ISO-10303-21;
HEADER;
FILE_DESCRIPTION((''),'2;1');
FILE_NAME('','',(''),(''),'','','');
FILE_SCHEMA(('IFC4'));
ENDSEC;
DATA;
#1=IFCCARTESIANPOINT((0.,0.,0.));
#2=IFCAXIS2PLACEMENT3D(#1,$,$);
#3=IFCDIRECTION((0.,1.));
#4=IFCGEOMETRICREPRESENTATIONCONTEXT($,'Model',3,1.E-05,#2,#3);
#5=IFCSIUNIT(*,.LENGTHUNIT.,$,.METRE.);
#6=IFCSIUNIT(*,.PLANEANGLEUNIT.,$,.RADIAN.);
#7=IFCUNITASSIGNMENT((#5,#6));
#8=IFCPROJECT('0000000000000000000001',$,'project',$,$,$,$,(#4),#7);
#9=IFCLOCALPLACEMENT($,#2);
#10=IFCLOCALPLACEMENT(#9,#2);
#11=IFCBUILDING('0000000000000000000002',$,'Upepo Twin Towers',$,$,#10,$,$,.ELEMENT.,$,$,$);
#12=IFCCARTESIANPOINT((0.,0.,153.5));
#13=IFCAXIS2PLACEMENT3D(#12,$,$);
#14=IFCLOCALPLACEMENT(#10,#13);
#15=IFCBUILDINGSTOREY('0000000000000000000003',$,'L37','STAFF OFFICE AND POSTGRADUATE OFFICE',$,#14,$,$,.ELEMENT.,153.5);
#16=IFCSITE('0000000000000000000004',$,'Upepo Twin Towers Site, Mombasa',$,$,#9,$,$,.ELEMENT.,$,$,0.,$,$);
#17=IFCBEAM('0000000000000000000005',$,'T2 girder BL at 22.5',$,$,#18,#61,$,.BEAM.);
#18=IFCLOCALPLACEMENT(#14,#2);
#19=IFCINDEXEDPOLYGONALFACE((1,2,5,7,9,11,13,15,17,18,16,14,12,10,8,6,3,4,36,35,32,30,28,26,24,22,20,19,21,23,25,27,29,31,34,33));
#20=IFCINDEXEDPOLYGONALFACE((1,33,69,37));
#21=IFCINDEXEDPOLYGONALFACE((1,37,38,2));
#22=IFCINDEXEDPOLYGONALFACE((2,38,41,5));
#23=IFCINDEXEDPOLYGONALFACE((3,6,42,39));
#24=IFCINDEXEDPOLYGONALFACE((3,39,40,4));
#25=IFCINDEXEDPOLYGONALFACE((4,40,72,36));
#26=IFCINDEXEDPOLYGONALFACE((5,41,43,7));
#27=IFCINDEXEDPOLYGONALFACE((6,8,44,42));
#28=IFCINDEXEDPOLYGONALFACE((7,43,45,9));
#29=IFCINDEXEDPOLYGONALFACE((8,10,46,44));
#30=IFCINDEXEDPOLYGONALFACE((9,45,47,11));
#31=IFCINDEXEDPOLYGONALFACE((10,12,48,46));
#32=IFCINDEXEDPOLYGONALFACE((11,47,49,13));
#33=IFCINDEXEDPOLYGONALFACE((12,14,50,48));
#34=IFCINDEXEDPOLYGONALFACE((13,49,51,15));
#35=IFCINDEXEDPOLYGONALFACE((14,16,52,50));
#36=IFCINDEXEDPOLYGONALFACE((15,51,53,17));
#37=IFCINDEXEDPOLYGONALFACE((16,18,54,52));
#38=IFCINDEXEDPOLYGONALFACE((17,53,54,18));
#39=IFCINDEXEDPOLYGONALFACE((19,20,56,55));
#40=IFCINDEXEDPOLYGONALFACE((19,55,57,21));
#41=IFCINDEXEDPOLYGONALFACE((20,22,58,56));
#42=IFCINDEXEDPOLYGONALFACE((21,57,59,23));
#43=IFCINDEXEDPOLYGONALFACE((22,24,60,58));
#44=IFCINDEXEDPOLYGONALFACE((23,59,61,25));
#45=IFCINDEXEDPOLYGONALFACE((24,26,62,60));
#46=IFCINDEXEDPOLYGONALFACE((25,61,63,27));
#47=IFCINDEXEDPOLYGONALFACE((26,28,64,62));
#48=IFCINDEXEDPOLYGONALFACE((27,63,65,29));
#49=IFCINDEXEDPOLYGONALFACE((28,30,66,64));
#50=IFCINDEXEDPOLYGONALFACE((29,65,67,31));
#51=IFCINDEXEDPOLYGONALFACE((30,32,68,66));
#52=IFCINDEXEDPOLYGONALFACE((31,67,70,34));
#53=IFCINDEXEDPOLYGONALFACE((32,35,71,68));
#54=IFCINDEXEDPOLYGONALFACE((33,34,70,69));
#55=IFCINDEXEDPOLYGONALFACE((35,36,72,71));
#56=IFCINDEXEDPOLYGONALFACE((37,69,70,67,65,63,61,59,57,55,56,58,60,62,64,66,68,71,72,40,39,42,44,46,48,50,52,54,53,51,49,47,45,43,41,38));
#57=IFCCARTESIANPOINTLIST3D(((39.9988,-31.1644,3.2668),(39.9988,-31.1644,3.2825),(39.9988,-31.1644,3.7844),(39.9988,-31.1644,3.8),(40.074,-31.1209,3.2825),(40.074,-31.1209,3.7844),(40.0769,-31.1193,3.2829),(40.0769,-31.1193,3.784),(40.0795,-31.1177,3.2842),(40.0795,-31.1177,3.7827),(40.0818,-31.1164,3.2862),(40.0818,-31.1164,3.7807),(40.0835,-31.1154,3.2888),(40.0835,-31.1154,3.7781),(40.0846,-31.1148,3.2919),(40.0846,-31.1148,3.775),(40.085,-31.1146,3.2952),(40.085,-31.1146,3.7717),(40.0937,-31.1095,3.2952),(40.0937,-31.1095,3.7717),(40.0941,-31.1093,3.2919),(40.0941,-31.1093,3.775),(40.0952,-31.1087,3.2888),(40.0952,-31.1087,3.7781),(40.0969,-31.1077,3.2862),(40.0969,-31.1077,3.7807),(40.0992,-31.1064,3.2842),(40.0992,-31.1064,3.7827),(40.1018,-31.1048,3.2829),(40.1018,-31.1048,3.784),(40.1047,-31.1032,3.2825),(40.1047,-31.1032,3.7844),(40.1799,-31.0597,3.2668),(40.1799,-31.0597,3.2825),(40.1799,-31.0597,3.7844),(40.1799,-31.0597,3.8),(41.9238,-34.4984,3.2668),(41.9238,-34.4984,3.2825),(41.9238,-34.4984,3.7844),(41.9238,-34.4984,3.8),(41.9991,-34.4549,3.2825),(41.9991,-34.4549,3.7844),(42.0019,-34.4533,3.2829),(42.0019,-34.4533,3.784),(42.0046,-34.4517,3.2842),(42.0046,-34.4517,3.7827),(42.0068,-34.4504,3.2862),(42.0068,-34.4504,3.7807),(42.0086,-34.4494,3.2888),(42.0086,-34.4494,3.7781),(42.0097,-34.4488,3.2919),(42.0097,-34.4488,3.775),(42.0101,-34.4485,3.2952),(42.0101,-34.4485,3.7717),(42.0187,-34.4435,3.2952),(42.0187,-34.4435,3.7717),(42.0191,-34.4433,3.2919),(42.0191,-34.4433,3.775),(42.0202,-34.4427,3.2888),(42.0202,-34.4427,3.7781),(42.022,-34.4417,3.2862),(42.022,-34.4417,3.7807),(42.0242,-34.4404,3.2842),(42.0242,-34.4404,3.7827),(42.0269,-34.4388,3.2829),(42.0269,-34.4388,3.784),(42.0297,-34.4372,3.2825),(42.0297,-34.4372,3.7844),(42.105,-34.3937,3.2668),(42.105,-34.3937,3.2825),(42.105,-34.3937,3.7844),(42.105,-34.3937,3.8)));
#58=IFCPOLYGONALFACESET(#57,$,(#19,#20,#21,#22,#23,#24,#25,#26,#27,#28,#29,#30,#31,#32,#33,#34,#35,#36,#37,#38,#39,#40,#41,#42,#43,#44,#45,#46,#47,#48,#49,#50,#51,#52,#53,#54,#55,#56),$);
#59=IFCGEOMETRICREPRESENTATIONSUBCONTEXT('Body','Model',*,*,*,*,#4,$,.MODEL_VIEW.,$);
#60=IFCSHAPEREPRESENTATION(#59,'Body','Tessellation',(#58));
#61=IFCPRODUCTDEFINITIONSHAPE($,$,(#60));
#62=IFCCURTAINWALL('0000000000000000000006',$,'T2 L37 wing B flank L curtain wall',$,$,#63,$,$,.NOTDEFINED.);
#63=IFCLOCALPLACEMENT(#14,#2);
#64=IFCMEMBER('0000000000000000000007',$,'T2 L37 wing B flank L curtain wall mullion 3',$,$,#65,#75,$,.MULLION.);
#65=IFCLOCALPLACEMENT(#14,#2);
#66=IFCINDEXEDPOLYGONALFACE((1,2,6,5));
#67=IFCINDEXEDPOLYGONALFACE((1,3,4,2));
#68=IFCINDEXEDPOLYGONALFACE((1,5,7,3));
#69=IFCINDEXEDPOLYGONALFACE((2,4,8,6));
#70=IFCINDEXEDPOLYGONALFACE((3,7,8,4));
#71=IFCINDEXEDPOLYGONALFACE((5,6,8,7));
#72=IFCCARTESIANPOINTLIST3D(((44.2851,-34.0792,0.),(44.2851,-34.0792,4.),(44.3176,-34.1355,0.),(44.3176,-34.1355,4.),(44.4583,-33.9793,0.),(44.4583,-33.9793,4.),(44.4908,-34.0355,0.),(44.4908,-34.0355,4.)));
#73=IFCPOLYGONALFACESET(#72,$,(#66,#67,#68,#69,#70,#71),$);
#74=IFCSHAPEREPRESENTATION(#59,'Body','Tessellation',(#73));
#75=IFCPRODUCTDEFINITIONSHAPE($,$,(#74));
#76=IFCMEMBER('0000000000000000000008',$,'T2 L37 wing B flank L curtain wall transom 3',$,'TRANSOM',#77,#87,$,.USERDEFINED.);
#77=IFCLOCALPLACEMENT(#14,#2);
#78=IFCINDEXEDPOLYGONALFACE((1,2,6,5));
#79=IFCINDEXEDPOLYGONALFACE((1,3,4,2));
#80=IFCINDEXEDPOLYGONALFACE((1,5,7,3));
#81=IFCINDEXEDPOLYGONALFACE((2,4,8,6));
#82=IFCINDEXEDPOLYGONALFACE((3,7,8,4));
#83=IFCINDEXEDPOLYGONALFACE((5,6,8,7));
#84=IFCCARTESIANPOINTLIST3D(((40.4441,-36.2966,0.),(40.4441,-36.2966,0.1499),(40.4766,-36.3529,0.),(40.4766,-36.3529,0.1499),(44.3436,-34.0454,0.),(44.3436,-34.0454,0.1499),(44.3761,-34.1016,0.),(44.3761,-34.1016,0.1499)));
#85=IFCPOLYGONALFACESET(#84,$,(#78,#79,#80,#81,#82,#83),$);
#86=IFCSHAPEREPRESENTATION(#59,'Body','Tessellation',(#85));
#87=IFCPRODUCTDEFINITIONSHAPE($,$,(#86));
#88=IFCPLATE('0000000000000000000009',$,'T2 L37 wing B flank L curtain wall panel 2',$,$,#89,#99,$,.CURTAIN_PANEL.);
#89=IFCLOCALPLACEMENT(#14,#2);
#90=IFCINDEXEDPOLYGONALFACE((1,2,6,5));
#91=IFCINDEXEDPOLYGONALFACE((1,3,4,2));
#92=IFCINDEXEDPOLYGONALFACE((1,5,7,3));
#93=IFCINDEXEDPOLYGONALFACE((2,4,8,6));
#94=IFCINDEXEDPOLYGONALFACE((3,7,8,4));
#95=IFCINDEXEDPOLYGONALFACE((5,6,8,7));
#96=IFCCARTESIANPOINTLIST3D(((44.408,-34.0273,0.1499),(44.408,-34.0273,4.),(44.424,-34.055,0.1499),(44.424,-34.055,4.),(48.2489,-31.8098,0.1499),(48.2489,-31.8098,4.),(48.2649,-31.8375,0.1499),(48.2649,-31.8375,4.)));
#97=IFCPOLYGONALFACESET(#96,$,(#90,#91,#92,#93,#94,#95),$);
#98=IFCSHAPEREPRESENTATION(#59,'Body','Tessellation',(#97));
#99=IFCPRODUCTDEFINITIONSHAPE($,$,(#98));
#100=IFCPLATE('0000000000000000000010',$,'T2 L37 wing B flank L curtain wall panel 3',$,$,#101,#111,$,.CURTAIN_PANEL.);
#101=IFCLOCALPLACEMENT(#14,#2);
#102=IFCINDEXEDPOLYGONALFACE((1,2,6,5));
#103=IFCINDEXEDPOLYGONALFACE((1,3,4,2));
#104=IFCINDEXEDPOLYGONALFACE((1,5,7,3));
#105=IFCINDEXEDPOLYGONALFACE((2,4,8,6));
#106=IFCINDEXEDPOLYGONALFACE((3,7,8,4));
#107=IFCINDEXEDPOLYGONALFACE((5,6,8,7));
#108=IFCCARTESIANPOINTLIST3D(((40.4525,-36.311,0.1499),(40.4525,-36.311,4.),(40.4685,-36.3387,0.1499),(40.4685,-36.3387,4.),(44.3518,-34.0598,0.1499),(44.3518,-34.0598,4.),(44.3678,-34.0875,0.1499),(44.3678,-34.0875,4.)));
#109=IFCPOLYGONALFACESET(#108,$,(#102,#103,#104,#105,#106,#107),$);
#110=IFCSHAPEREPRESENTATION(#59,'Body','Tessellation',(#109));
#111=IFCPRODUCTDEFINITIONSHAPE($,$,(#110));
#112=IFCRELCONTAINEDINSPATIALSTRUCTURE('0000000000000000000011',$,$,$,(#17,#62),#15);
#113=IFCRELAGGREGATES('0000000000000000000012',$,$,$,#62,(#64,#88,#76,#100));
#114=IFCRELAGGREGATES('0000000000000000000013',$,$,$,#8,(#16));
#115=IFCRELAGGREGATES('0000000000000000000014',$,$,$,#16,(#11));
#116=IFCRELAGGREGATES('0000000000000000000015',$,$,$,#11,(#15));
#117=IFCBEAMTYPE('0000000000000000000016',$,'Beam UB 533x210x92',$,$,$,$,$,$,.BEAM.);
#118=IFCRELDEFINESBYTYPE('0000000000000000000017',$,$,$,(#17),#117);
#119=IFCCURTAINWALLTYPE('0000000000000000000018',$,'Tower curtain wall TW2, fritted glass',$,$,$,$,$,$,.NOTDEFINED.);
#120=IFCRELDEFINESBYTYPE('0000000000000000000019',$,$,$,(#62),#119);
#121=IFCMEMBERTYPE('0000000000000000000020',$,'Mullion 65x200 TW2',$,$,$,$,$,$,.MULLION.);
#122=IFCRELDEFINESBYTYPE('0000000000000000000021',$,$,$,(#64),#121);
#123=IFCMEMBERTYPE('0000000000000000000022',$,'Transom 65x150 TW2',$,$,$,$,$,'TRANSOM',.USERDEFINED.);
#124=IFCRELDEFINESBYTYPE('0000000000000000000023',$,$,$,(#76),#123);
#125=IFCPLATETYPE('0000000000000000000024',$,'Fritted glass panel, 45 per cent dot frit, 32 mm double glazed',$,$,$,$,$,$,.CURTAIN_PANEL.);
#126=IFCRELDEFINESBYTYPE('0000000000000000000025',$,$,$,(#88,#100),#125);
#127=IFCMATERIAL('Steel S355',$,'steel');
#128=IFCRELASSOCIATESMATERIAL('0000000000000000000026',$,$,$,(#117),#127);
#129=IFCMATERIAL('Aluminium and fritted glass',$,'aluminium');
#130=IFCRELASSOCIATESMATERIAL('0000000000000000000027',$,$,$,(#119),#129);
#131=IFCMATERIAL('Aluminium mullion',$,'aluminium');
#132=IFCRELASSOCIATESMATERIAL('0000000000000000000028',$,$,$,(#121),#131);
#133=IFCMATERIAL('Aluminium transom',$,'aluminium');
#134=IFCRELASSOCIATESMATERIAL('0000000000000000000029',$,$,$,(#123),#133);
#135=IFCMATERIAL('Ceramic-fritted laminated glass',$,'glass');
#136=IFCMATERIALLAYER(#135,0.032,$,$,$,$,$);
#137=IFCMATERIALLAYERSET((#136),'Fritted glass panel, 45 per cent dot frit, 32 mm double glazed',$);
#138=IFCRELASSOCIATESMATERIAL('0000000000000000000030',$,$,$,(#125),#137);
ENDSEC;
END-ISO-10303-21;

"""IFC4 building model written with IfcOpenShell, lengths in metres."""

from ifc_helpers import new_model, si_unit, direction, frame, origin, origin_2d, place, context, subcontext, project, spatial, rectangle, i_section, extrude, material, layer, layer_set, material_profile, profile_set, type_object, element, aggregate, save


model = new_model("IFC4")

# Units and contexts
model_context = context("Model", 3, precision=1e-05, world=origin(), true_north=direction((0.0, 1.0)))
body_context = subcontext(model_context, "Body", "Model", "MODEL_VIEW")
ifc_project = project(units=[si_unit("LENGTHUNIT", "METRE"), si_unit("PLANEANGLEUNIT", "RADIAN")], contexts=[model_context])

# Site, building, storey
site_placement = place(None, origin())
site = spatial("IfcSite", under=ifc_project, at=site_placement, Name="Upepo Twin Towers Site, Mombasa", CompositionType="ELEMENT", RefElevation=0.0)
building_placement = place(site_placement, origin())
building = spatial("IfcBuilding", under=site, at=building_placement, Name="Upepo Twin Towers", CompositionType="ELEMENT")
storey_placement = place(building_placement, frame((0.0, 0.0, 153.5)))
storey = spatial("IfcBuildingStorey", under=building, at=storey_placement, Name="L37", Description="STAFF OFFICE AND POSTGRADUATE OFFICE", CompositionType="ELEMENT", Elevation=153.5)

# Beam
ifc_material_1 = material(Name="Steel S355", Category="steel")
ifc_material_profile_1 = material_profile(ifc_material_1, i_section(OverallWidth=0.2092, OverallDepth=0.5332, WebThickness=0.01, FlangeThickness=0.0156, FilletRadius=0.0127, at=origin_2d()), Name="UB 533x210x92")
ifc_profile_set_1 = profile_set([ifc_material_profile_1], Name="Steel S355")
beam_type_1 = type_object("IfcBeamType", Name="Beam UB 533x210x92", PredefinedType="BEAM", material=ifc_profile_set_1)
for number, where, z_axis, x_axis, name in (
    (1, (42.0144, -34.446, 3.5334), (-0.500034, 0.866006, 0.0), (-0.866006, -0.500034, 0.0), "T2 girder BL at 22.5"),
):
    element("IfcBeam", number, at=place(storey_placement, frame(where, z_axis=z_axis, x_axis=x_axis)), inside=storey, type_object=beam_type_1, Name=name, PredefinedType="BEAM", context=body_context, shape_type="SweptSolid", body=[
        extrude(i_section(OverallWidth=0.2092, OverallDepth=0.5332, WebThickness=0.01, FlangeThickness=0.0156, FilletRadius=0.0127, at=origin_2d()), origin(), (0.0, 0.0, 1.0), 3.8499),
    ])

# Curtain wall, members, plates
ifc_material_2 = material(Name="Aluminium and fritted glass", Category="aluminium")
curtain_wall_type = type_object("IfcCurtainWallType", Name="Tower curtain wall TW2, fritted glass", PredefinedType="NOTDEFINED", material=ifc_material_2)
curtain_wall_placement = place(storey_placement, origin())
curtain_wall = element("IfcCurtainWall", 2, at=curtain_wall_placement, inside=storey, type_object=curtain_wall_type, Name="T2 L37 wing B flank L curtain wall", PredefinedType="NOTDEFINED")
ifc_material_3 = material(Name="Aluminium mullion", Category="aluminium")
ifc_material_profile_2 = material_profile(ifc_material_3, rectangle(XDim=0.0649, YDim=0.2, at=origin_2d()), Name="MULLION 65x200")
ifc_profile_set_2 = profile_set([ifc_material_profile_2], Name="Aluminium mullion")
member_type_1 = type_object("IfcMemberType", Name="Mullion 65x200 TW2", PredefinedType="MULLION", material=ifc_profile_set_2)
member_1_placement = place(storey_placement, frame((44.3879, -34.0574, 0.0), z_axis=(0.0, 0.0, 1.0), x_axis=(0.5, -0.866025, 0.0)))
member_1 = element("IfcMember", 3, at=member_1_placement, type_object=member_type_1, Name="T2 L37 wing B flank L curtain wall mullion 3", PredefinedType="MULLION", context=body_context, shape_type="SweptSolid", body=[
    extrude(rectangle(XDim=0.0649, YDim=0.2, at=origin_2d()), origin(), (0.0, 0.0, 1.0), 4.0),
])
ifc_material_4 = material(Name="Aluminium transom", Category="aluminium")
ifc_material_profile_3 = material_profile(ifc_material_4, rectangle(XDim=0.0649, YDim=0.1499, at=origin_2d()), Name="TRANSOM 65x150")
ifc_profile_set_3 = profile_set([ifc_material_profile_3], Name="Aluminium transom")
member_type_2 = type_object("IfcMemberType", Name="Transom 65x150 TW2", ElementType="TRANSOM", PredefinedType="USERDEFINED", material=ifc_profile_set_3)
member_2_placement = place(storey_placement, frame((44.3599, -34.0735, 0.075), z_axis=(-0.866036, -0.499982, 0.0), x_axis=(0.499982, -0.866036, 0.0)))
member_2 = element("IfcMember", 4, at=member_2_placement, type_object=member_type_2, Name="T2 L37 wing B flank L curtain wall transom 3", ObjectType="TRANSOM", PredefinedType="USERDEFINED", context=body_context, shape_type="SweptSolid", body=[
    extrude(rectangle(XDim=0.0649, YDim=0.1499, at=origin_2d()), origin(), (0.0, 0.0, 1.0), 4.5027),
])
ifc_material_5 = material(Name="Ceramic-fritted laminated glass", Category="glass")
ifc_layer_1 = layer(ifc_material_5, 0.032)
ifc_layer_set_1 = layer_set([ifc_layer_1], Name="Fritted glass panel, 45 per cent dot frit, 32 mm double glazed")
plate_type = type_object("IfcPlateType", Name="Fritted glass panel, 45 per cent dot frit, 32 mm double glazed", PredefinedType="CURTAIN_PANEL", material=ifc_layer_set_1)
plate_1_placement = place(storey_placement, frame((46.3364, -32.9324, 0.1499), z_axis=(0.0, 0.0, 1.0), x_axis=(-0.866025, -0.5, 0.0)))
plate_1 = element("IfcPlate", 5, at=plate_1_placement, type_object=plate_type, Name="T2 L37 wing B flank L curtain wall panel 2", PredefinedType="CURTAIN_PANEL", context=body_context, shape_type="SweptSolid", body=[
    extrude(rectangle(XDim=4.4351, YDim=0.032, at=origin_2d()), origin(), (0.0, 0.0, 1.0), 3.8501),
])
plate_2_placement = place(storey_placement, frame((42.4102, -35.1992, 0.1499), z_axis=(0.0, 0.0, 1.0), x_axis=(-0.866025, -0.5, 0.0)))
plate_2 = element("IfcPlate", 6, at=plate_2_placement, type_object=plate_type, Name="T2 L37 wing B flank L curtain wall panel 3", PredefinedType="CURTAIN_PANEL", context=body_context, shape_type="SweptSolid", body=[
    extrude(rectangle(XDim=4.5024, YDim=0.032, at=origin_2d()), origin(), (0.0, 0.0, 1.0), 3.8501),
])
aggregate(curtain_wall, [member_1, plate_1, member_2, plate_2])

save(model, "model.ifc")
